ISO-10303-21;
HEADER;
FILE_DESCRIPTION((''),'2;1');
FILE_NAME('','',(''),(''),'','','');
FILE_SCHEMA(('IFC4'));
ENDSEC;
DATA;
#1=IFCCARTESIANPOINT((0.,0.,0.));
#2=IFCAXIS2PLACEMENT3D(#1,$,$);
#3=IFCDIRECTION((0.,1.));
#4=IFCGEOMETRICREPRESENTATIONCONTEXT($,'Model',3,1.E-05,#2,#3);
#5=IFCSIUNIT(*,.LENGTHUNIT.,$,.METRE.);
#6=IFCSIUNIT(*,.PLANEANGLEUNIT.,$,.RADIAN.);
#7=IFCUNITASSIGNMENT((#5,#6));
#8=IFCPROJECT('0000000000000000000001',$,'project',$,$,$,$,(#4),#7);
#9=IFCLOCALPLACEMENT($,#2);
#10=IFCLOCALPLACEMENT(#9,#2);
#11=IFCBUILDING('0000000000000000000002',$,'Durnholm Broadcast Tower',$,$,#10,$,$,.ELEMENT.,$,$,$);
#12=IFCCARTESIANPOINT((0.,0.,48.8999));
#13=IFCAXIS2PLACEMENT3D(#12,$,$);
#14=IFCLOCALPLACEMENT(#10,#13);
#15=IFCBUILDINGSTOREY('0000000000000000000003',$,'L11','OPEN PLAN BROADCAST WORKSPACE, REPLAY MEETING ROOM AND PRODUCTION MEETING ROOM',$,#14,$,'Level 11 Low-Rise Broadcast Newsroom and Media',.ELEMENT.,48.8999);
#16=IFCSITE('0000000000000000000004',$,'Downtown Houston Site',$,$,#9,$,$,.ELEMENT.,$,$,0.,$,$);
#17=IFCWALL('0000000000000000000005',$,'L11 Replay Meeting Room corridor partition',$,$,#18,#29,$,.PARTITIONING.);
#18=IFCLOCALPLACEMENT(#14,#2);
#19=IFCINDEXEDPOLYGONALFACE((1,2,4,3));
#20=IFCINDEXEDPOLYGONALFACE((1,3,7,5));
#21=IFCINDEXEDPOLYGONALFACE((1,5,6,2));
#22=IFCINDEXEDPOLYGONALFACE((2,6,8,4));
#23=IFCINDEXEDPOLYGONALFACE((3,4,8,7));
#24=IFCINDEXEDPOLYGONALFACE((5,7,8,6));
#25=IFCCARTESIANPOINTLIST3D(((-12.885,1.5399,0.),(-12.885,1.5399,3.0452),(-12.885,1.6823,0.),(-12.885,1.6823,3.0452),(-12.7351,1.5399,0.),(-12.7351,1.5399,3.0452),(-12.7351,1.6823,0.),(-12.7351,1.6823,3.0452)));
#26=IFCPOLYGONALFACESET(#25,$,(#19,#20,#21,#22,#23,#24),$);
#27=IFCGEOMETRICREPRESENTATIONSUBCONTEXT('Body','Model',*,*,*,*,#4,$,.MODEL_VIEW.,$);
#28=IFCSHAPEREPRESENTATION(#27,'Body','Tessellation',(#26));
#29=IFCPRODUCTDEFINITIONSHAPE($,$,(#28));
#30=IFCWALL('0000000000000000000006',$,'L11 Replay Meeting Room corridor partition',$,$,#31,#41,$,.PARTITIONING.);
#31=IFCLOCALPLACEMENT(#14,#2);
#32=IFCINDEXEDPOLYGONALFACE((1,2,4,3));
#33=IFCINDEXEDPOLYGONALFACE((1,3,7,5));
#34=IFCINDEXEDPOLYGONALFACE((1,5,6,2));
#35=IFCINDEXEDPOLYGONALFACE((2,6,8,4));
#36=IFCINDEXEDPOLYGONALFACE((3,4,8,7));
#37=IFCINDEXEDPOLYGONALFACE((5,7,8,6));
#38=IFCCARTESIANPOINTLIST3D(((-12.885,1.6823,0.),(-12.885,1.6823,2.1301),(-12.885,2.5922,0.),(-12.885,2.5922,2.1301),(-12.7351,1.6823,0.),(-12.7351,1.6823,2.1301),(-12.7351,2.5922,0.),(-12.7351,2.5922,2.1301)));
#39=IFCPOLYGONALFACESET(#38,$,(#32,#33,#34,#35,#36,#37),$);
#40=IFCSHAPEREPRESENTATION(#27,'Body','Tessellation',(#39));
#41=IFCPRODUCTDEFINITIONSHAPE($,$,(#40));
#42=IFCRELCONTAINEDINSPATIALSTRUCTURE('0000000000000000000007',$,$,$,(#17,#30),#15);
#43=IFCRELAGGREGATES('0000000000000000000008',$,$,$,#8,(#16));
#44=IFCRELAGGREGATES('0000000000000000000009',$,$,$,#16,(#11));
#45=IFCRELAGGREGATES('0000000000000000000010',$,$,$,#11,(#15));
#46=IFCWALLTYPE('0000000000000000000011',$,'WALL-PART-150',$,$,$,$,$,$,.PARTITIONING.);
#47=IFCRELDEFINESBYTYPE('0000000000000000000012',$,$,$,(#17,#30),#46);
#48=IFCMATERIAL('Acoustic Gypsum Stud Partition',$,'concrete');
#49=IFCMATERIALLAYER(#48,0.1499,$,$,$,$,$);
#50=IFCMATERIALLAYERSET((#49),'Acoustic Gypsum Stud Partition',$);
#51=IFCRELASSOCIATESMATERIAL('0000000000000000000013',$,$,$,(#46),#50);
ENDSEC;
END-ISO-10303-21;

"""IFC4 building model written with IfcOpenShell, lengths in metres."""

from ifc_helpers import new_model, si_unit, direction, frame, frame_2d, origin, place, context, subcontext, project, spatial, rectangle, extrude, material, layer, layer_set, type_object, element, save


model = new_model("IFC4")

# Units and contexts
model_context = context("Model", 3, precision=1e-05, world=origin(), true_north=direction((0.0, 1.0)))
body_context = subcontext(model_context, "Body", "Model", "MODEL_VIEW")
ifc_project = project(units=[si_unit("LENGTHUNIT", "METRE"), si_unit("PLANEANGLEUNIT", "RADIAN")], contexts=[model_context])

# Site, building, storey
site_placement = place(None, origin())
site = spatial("IfcSite", under=ifc_project, at=site_placement, Name="Downtown Houston Site", CompositionType="ELEMENT", RefElevation=0.0)
building_placement = place(site_placement, origin())
building = spatial("IfcBuilding", under=site, at=building_placement, Name="Durnholm Broadcast Tower", CompositionType="ELEMENT")
storey_placement = place(building_placement, frame((0.0, 0.0, 48.8999)))
storey = spatial("IfcBuildingStorey", under=building, at=storey_placement, Name="L11", Description="OPEN PLAN BROADCAST WORKSPACE, REPLAY MEETING ROOM AND PRODUCTION MEETING ROOM", LongName="Level 11 Low-Rise Broadcast Newsroom and Media", CompositionType="ELEMENT", Elevation=48.8999)

# Shared definitions
ifc_material_1 = material(Name="Acoustic Gypsum Stud Partition", Category="concrete")
ifc_layer_1 = layer(ifc_material_1, 0.1499)
ifc_layer_set_1 = layer_set([ifc_layer_1], Name="Acoustic Gypsum Stud Partition")
wall_type_1 = type_object("IfcWallType", Name="WALL-PART-150", PredefinedType="PARTITIONING", material=ifc_layer_set_1)

# Walls
wall_1_placement = place(storey_placement, frame((-12.8101, 1.6824, 0.0), z_axis=(0.0, 0.0, 1.0), x_axis=(0.0, -1.0, 0.0)))
element("IfcWall", 1, at=wall_1_placement, inside=storey, type_object=wall_type_1, Name="L11 Replay Meeting Room corridor partition", PredefinedType="PARTITIONING", context=body_context, shape_type="SweptSolid", body=[
    extrude(rectangle(XDim=0.1423, YDim=0.1499, at=frame_2d((0.0713, 0.0))), origin(), (0.0, 0.0, 1.0), 3.0452),
])
wall_2_placement = place(storey_placement, frame((-12.8101, 2.5923, 0.0), z_axis=(0.0, 0.0, 1.0), x_axis=(0.0, -1.0, 0.0)))
element("IfcWall", 2, at=wall_2_placement, inside=storey, type_object=wall_type_1, Name="L11 Replay Meeting Room corridor partition", PredefinedType="PARTITIONING", context=body_context, shape_type="SweptSolid", body=[
    extrude(rectangle(XDim=0.9099, YDim=0.1499, at=frame_2d((0.4551, 0.0))), origin(), (0.0, 0.0, 1.0), 2.1301),
])

save(model, "model.ifc")
